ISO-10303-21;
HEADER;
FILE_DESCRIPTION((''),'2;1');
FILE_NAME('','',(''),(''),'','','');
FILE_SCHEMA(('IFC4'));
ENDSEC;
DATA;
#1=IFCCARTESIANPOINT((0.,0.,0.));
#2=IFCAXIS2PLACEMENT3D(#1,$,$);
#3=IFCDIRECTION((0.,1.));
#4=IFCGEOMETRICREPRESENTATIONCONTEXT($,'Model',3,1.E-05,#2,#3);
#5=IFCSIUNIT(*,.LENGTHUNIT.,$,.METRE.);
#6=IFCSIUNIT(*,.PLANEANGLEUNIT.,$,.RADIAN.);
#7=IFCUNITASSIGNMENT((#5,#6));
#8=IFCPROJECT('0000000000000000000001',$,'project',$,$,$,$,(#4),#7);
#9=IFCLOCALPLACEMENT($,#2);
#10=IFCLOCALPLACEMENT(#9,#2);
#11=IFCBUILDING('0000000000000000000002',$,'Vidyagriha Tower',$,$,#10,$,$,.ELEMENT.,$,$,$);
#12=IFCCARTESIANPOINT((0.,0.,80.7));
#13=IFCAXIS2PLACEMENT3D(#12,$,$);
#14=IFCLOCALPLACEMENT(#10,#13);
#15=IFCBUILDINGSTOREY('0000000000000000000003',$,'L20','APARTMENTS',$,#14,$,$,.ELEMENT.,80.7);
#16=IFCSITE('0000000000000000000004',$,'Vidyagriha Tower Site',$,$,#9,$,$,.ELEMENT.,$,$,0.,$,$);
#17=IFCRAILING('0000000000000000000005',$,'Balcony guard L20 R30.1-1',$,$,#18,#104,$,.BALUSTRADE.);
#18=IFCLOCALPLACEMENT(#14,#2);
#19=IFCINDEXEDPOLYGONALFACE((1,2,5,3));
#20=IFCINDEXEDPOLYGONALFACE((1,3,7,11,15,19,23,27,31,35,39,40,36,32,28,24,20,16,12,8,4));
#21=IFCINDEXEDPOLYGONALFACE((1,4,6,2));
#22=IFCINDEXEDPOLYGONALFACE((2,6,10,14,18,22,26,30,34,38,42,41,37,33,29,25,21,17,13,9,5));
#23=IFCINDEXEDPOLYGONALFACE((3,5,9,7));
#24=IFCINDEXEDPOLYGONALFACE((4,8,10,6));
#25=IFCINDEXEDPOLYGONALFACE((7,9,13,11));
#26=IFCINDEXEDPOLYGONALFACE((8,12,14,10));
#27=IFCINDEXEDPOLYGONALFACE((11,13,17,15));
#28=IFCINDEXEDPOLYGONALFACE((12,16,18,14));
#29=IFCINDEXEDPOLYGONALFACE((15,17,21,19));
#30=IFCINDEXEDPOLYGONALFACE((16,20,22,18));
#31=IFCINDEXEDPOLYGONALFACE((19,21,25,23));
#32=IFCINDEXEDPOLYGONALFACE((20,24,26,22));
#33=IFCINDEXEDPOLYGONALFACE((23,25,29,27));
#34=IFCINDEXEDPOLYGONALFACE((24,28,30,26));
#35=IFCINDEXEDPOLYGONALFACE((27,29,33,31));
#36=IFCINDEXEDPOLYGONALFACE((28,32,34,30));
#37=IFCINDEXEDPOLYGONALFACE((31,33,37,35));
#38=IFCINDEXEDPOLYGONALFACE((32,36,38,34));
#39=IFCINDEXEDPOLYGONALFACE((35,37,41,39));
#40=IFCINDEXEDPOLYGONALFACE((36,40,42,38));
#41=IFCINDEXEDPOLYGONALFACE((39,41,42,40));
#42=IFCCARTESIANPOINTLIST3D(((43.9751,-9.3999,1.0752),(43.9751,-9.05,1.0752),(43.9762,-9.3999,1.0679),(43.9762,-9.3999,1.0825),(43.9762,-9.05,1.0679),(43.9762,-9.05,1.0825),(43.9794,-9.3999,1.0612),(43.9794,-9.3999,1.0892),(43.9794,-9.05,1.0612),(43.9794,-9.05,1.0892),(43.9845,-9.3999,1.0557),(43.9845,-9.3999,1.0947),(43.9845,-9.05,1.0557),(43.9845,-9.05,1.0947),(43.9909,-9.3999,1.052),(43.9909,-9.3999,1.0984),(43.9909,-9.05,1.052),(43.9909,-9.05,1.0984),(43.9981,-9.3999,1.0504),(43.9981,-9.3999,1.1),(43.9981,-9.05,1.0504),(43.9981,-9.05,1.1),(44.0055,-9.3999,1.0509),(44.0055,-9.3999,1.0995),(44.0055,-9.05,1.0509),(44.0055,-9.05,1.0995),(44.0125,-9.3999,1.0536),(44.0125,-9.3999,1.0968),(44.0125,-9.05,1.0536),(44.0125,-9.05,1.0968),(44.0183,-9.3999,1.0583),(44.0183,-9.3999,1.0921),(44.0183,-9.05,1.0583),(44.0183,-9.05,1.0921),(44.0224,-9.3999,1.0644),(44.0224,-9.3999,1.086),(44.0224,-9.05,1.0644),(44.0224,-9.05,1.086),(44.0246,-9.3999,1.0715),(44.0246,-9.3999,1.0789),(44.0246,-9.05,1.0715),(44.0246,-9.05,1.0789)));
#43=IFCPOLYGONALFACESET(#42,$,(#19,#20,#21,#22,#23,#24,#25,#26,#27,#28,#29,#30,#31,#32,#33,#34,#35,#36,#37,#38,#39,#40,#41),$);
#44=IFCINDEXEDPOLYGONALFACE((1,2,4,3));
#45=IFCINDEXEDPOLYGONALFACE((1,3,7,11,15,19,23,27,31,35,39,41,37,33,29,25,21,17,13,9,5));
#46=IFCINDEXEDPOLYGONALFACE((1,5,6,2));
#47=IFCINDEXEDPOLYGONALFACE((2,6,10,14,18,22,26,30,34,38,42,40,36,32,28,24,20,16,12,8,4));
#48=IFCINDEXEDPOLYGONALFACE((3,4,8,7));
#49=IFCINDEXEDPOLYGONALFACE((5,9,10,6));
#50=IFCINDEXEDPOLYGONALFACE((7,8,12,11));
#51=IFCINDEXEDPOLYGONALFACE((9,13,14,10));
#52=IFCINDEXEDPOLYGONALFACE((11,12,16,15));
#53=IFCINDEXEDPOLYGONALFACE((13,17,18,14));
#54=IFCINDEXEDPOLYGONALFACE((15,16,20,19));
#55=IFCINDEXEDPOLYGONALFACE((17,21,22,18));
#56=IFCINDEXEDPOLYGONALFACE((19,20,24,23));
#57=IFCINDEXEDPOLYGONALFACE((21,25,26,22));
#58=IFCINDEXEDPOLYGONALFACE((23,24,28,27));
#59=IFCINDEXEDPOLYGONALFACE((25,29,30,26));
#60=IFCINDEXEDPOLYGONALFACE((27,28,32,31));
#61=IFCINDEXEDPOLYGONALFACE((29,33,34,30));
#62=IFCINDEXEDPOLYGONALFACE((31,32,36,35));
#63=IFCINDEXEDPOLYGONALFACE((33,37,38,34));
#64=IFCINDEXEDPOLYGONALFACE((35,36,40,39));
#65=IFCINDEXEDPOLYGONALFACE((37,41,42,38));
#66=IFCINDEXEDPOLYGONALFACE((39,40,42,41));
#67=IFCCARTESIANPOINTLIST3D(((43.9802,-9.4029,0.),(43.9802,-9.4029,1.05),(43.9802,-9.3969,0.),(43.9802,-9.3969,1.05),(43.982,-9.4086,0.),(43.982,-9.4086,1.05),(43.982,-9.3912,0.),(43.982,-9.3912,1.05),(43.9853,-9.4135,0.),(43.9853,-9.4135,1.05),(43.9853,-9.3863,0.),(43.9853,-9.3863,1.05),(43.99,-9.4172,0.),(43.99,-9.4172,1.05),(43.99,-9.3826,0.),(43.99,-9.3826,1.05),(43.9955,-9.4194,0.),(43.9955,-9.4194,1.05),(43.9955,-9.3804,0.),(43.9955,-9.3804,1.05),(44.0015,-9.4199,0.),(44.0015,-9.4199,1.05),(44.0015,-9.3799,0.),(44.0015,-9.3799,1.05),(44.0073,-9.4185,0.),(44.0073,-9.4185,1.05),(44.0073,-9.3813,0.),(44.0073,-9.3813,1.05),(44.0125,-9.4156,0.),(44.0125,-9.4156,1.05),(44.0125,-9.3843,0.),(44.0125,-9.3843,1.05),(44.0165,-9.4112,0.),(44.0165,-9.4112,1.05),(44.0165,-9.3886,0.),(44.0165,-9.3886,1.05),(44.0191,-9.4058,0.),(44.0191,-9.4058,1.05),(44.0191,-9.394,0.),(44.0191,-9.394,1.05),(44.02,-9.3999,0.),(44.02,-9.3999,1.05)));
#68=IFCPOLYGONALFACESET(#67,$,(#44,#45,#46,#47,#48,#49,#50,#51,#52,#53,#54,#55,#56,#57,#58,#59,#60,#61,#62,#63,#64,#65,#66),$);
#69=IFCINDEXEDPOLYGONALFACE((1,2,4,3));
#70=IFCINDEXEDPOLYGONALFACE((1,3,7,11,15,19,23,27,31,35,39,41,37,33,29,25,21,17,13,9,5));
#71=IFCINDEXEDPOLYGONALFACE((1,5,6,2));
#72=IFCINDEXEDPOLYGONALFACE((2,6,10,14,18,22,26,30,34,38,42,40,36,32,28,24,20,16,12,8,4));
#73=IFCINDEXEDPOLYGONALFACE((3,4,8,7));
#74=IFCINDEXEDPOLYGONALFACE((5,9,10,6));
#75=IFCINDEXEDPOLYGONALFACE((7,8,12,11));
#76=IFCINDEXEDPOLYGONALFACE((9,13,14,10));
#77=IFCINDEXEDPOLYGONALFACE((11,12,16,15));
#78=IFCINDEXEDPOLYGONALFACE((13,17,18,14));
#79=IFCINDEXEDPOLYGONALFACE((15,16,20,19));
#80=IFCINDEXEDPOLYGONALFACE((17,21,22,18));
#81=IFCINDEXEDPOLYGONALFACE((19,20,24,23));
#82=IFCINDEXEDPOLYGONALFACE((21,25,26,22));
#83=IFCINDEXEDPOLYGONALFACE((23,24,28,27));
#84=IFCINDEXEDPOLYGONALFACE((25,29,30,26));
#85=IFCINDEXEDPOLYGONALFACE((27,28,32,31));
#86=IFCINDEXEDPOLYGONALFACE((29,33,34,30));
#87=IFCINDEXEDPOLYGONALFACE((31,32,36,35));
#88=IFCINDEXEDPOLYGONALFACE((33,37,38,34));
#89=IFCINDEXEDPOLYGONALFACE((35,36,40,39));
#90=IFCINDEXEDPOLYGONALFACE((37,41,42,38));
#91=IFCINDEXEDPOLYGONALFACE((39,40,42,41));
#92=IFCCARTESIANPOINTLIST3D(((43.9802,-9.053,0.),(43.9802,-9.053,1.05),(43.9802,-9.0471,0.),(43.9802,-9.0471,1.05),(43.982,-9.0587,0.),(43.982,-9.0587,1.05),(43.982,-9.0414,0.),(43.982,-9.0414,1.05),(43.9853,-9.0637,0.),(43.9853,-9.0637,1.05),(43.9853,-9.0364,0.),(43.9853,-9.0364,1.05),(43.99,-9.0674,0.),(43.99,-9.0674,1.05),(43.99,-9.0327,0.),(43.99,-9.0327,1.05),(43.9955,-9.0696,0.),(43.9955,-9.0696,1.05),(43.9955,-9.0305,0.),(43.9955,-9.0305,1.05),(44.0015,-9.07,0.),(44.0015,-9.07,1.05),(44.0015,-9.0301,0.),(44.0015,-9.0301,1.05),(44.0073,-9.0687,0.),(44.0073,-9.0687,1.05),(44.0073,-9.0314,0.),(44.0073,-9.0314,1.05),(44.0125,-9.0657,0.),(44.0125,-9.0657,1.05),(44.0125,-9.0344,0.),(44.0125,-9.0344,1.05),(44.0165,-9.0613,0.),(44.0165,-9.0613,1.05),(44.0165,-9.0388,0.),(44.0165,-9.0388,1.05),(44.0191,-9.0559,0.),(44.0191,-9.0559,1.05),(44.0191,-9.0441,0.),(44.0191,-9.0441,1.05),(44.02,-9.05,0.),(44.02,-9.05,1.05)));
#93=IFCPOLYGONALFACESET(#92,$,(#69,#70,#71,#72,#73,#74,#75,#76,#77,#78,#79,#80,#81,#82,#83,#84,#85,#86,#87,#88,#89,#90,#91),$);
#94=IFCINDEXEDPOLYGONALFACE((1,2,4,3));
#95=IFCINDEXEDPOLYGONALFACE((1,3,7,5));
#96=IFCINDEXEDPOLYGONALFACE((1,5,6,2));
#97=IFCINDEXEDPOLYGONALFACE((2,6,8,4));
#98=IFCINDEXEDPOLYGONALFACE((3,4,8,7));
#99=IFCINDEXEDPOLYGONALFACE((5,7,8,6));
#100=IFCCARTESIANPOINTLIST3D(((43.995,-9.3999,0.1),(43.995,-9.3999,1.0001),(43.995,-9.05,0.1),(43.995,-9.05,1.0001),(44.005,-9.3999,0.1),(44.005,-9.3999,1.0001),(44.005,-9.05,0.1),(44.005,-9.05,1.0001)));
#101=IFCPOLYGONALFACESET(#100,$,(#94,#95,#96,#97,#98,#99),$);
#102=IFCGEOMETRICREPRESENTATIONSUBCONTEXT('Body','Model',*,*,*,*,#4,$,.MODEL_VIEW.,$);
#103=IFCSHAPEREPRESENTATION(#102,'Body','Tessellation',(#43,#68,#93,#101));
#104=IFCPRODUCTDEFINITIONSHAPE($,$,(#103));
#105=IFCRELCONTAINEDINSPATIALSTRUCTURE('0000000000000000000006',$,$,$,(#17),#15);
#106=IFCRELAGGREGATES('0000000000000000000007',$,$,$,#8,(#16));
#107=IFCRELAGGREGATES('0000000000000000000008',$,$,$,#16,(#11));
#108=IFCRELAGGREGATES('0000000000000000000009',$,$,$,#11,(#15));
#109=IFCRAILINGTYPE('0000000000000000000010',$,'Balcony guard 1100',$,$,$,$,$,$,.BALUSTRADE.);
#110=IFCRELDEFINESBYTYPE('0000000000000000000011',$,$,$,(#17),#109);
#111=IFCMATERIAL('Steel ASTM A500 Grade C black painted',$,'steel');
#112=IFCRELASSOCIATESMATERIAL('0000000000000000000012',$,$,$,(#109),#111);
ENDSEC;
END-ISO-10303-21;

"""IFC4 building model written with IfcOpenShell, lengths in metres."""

from ifc_helpers import new_model, si_unit, direction, frame, origin, origin_2d, place, context, subcontext, project, spatial, rectangle, circle, extrude, material, type_object, element, save


model = new_model("IFC4")

# Units and contexts
model_context = context("Model", 3, precision=1e-05, world=origin(), true_north=direction((0.0, 1.0)))
body_context = subcontext(model_context, "Body", "Model", "MODEL_VIEW")
ifc_project = project(units=[si_unit("LENGTHUNIT", "METRE"), si_unit("PLANEANGLEUNIT", "RADIAN")], contexts=[model_context])

# Site, building, storey
site_placement = place(None, origin())
site = spatial("IfcSite", under=ifc_project, at=site_placement, Name="Vidyagriha Tower Site", CompositionType="ELEMENT", RefElevation=0.0)
building_placement = place(site_placement, origin())
building = spatial("IfcBuilding", under=site, at=building_placement, Name="Vidyagriha Tower", CompositionType="ELEMENT")
storey_placement = place(building_placement, frame((0.0, 0.0, 80.7)))
storey = spatial("IfcBuildingStorey", under=building, at=storey_placement, Name="L20", Description="APARTMENTS", CompositionType="ELEMENT", Elevation=80.7)

# Railing
ifc_material_1 = material(Name="Steel ASTM A500 Grade C black painted", Category="steel")
railing_type_1 = type_object("IfcRailingType", Name="Balcony guard 1100", PredefinedType="BALUSTRADE", material=ifc_material_1)
railing_1_placement = place(storey_placement, frame((44.0, -9.3999, 0.0)))
element("IfcRailing", 1, at=railing_1_placement, inside=storey, type_object=railing_type_1, Name="Balcony guard L20 R30.1-1", PredefinedType="BALUSTRADE", context=body_context, shape_type="SweptSolid", body=[
    extrude(circle(Radius=0.0249, at=origin_2d()), frame((0.0, 0.0, 1.0752), z_axis=(0.0, 1.0, 0.0), x_axis=(-1.0, 0.0, 0.0)), (0.0, 0.0, 1.0), 0.3499),
    extrude(circle(Radius=0.02, at=origin_2d()), origin(), (0.0, 0.0, 1.0), 1.05),
    extrude(circle(Radius=0.02, at=origin_2d()), frame((0.0, 0.3499, 0.0)), (0.0, 0.0, 1.0), 1.05),
    extrude(rectangle(XDim=0.01, YDim=0.9001, at=origin_2d()), frame((0.0, 0.0, 0.55), z_axis=(0.0, 1.0, 0.0), x_axis=(-1.0, 0.0, 0.0)), (0.0, 0.0, 1.0), 0.3499),
])

save(model, "model.ifc")
